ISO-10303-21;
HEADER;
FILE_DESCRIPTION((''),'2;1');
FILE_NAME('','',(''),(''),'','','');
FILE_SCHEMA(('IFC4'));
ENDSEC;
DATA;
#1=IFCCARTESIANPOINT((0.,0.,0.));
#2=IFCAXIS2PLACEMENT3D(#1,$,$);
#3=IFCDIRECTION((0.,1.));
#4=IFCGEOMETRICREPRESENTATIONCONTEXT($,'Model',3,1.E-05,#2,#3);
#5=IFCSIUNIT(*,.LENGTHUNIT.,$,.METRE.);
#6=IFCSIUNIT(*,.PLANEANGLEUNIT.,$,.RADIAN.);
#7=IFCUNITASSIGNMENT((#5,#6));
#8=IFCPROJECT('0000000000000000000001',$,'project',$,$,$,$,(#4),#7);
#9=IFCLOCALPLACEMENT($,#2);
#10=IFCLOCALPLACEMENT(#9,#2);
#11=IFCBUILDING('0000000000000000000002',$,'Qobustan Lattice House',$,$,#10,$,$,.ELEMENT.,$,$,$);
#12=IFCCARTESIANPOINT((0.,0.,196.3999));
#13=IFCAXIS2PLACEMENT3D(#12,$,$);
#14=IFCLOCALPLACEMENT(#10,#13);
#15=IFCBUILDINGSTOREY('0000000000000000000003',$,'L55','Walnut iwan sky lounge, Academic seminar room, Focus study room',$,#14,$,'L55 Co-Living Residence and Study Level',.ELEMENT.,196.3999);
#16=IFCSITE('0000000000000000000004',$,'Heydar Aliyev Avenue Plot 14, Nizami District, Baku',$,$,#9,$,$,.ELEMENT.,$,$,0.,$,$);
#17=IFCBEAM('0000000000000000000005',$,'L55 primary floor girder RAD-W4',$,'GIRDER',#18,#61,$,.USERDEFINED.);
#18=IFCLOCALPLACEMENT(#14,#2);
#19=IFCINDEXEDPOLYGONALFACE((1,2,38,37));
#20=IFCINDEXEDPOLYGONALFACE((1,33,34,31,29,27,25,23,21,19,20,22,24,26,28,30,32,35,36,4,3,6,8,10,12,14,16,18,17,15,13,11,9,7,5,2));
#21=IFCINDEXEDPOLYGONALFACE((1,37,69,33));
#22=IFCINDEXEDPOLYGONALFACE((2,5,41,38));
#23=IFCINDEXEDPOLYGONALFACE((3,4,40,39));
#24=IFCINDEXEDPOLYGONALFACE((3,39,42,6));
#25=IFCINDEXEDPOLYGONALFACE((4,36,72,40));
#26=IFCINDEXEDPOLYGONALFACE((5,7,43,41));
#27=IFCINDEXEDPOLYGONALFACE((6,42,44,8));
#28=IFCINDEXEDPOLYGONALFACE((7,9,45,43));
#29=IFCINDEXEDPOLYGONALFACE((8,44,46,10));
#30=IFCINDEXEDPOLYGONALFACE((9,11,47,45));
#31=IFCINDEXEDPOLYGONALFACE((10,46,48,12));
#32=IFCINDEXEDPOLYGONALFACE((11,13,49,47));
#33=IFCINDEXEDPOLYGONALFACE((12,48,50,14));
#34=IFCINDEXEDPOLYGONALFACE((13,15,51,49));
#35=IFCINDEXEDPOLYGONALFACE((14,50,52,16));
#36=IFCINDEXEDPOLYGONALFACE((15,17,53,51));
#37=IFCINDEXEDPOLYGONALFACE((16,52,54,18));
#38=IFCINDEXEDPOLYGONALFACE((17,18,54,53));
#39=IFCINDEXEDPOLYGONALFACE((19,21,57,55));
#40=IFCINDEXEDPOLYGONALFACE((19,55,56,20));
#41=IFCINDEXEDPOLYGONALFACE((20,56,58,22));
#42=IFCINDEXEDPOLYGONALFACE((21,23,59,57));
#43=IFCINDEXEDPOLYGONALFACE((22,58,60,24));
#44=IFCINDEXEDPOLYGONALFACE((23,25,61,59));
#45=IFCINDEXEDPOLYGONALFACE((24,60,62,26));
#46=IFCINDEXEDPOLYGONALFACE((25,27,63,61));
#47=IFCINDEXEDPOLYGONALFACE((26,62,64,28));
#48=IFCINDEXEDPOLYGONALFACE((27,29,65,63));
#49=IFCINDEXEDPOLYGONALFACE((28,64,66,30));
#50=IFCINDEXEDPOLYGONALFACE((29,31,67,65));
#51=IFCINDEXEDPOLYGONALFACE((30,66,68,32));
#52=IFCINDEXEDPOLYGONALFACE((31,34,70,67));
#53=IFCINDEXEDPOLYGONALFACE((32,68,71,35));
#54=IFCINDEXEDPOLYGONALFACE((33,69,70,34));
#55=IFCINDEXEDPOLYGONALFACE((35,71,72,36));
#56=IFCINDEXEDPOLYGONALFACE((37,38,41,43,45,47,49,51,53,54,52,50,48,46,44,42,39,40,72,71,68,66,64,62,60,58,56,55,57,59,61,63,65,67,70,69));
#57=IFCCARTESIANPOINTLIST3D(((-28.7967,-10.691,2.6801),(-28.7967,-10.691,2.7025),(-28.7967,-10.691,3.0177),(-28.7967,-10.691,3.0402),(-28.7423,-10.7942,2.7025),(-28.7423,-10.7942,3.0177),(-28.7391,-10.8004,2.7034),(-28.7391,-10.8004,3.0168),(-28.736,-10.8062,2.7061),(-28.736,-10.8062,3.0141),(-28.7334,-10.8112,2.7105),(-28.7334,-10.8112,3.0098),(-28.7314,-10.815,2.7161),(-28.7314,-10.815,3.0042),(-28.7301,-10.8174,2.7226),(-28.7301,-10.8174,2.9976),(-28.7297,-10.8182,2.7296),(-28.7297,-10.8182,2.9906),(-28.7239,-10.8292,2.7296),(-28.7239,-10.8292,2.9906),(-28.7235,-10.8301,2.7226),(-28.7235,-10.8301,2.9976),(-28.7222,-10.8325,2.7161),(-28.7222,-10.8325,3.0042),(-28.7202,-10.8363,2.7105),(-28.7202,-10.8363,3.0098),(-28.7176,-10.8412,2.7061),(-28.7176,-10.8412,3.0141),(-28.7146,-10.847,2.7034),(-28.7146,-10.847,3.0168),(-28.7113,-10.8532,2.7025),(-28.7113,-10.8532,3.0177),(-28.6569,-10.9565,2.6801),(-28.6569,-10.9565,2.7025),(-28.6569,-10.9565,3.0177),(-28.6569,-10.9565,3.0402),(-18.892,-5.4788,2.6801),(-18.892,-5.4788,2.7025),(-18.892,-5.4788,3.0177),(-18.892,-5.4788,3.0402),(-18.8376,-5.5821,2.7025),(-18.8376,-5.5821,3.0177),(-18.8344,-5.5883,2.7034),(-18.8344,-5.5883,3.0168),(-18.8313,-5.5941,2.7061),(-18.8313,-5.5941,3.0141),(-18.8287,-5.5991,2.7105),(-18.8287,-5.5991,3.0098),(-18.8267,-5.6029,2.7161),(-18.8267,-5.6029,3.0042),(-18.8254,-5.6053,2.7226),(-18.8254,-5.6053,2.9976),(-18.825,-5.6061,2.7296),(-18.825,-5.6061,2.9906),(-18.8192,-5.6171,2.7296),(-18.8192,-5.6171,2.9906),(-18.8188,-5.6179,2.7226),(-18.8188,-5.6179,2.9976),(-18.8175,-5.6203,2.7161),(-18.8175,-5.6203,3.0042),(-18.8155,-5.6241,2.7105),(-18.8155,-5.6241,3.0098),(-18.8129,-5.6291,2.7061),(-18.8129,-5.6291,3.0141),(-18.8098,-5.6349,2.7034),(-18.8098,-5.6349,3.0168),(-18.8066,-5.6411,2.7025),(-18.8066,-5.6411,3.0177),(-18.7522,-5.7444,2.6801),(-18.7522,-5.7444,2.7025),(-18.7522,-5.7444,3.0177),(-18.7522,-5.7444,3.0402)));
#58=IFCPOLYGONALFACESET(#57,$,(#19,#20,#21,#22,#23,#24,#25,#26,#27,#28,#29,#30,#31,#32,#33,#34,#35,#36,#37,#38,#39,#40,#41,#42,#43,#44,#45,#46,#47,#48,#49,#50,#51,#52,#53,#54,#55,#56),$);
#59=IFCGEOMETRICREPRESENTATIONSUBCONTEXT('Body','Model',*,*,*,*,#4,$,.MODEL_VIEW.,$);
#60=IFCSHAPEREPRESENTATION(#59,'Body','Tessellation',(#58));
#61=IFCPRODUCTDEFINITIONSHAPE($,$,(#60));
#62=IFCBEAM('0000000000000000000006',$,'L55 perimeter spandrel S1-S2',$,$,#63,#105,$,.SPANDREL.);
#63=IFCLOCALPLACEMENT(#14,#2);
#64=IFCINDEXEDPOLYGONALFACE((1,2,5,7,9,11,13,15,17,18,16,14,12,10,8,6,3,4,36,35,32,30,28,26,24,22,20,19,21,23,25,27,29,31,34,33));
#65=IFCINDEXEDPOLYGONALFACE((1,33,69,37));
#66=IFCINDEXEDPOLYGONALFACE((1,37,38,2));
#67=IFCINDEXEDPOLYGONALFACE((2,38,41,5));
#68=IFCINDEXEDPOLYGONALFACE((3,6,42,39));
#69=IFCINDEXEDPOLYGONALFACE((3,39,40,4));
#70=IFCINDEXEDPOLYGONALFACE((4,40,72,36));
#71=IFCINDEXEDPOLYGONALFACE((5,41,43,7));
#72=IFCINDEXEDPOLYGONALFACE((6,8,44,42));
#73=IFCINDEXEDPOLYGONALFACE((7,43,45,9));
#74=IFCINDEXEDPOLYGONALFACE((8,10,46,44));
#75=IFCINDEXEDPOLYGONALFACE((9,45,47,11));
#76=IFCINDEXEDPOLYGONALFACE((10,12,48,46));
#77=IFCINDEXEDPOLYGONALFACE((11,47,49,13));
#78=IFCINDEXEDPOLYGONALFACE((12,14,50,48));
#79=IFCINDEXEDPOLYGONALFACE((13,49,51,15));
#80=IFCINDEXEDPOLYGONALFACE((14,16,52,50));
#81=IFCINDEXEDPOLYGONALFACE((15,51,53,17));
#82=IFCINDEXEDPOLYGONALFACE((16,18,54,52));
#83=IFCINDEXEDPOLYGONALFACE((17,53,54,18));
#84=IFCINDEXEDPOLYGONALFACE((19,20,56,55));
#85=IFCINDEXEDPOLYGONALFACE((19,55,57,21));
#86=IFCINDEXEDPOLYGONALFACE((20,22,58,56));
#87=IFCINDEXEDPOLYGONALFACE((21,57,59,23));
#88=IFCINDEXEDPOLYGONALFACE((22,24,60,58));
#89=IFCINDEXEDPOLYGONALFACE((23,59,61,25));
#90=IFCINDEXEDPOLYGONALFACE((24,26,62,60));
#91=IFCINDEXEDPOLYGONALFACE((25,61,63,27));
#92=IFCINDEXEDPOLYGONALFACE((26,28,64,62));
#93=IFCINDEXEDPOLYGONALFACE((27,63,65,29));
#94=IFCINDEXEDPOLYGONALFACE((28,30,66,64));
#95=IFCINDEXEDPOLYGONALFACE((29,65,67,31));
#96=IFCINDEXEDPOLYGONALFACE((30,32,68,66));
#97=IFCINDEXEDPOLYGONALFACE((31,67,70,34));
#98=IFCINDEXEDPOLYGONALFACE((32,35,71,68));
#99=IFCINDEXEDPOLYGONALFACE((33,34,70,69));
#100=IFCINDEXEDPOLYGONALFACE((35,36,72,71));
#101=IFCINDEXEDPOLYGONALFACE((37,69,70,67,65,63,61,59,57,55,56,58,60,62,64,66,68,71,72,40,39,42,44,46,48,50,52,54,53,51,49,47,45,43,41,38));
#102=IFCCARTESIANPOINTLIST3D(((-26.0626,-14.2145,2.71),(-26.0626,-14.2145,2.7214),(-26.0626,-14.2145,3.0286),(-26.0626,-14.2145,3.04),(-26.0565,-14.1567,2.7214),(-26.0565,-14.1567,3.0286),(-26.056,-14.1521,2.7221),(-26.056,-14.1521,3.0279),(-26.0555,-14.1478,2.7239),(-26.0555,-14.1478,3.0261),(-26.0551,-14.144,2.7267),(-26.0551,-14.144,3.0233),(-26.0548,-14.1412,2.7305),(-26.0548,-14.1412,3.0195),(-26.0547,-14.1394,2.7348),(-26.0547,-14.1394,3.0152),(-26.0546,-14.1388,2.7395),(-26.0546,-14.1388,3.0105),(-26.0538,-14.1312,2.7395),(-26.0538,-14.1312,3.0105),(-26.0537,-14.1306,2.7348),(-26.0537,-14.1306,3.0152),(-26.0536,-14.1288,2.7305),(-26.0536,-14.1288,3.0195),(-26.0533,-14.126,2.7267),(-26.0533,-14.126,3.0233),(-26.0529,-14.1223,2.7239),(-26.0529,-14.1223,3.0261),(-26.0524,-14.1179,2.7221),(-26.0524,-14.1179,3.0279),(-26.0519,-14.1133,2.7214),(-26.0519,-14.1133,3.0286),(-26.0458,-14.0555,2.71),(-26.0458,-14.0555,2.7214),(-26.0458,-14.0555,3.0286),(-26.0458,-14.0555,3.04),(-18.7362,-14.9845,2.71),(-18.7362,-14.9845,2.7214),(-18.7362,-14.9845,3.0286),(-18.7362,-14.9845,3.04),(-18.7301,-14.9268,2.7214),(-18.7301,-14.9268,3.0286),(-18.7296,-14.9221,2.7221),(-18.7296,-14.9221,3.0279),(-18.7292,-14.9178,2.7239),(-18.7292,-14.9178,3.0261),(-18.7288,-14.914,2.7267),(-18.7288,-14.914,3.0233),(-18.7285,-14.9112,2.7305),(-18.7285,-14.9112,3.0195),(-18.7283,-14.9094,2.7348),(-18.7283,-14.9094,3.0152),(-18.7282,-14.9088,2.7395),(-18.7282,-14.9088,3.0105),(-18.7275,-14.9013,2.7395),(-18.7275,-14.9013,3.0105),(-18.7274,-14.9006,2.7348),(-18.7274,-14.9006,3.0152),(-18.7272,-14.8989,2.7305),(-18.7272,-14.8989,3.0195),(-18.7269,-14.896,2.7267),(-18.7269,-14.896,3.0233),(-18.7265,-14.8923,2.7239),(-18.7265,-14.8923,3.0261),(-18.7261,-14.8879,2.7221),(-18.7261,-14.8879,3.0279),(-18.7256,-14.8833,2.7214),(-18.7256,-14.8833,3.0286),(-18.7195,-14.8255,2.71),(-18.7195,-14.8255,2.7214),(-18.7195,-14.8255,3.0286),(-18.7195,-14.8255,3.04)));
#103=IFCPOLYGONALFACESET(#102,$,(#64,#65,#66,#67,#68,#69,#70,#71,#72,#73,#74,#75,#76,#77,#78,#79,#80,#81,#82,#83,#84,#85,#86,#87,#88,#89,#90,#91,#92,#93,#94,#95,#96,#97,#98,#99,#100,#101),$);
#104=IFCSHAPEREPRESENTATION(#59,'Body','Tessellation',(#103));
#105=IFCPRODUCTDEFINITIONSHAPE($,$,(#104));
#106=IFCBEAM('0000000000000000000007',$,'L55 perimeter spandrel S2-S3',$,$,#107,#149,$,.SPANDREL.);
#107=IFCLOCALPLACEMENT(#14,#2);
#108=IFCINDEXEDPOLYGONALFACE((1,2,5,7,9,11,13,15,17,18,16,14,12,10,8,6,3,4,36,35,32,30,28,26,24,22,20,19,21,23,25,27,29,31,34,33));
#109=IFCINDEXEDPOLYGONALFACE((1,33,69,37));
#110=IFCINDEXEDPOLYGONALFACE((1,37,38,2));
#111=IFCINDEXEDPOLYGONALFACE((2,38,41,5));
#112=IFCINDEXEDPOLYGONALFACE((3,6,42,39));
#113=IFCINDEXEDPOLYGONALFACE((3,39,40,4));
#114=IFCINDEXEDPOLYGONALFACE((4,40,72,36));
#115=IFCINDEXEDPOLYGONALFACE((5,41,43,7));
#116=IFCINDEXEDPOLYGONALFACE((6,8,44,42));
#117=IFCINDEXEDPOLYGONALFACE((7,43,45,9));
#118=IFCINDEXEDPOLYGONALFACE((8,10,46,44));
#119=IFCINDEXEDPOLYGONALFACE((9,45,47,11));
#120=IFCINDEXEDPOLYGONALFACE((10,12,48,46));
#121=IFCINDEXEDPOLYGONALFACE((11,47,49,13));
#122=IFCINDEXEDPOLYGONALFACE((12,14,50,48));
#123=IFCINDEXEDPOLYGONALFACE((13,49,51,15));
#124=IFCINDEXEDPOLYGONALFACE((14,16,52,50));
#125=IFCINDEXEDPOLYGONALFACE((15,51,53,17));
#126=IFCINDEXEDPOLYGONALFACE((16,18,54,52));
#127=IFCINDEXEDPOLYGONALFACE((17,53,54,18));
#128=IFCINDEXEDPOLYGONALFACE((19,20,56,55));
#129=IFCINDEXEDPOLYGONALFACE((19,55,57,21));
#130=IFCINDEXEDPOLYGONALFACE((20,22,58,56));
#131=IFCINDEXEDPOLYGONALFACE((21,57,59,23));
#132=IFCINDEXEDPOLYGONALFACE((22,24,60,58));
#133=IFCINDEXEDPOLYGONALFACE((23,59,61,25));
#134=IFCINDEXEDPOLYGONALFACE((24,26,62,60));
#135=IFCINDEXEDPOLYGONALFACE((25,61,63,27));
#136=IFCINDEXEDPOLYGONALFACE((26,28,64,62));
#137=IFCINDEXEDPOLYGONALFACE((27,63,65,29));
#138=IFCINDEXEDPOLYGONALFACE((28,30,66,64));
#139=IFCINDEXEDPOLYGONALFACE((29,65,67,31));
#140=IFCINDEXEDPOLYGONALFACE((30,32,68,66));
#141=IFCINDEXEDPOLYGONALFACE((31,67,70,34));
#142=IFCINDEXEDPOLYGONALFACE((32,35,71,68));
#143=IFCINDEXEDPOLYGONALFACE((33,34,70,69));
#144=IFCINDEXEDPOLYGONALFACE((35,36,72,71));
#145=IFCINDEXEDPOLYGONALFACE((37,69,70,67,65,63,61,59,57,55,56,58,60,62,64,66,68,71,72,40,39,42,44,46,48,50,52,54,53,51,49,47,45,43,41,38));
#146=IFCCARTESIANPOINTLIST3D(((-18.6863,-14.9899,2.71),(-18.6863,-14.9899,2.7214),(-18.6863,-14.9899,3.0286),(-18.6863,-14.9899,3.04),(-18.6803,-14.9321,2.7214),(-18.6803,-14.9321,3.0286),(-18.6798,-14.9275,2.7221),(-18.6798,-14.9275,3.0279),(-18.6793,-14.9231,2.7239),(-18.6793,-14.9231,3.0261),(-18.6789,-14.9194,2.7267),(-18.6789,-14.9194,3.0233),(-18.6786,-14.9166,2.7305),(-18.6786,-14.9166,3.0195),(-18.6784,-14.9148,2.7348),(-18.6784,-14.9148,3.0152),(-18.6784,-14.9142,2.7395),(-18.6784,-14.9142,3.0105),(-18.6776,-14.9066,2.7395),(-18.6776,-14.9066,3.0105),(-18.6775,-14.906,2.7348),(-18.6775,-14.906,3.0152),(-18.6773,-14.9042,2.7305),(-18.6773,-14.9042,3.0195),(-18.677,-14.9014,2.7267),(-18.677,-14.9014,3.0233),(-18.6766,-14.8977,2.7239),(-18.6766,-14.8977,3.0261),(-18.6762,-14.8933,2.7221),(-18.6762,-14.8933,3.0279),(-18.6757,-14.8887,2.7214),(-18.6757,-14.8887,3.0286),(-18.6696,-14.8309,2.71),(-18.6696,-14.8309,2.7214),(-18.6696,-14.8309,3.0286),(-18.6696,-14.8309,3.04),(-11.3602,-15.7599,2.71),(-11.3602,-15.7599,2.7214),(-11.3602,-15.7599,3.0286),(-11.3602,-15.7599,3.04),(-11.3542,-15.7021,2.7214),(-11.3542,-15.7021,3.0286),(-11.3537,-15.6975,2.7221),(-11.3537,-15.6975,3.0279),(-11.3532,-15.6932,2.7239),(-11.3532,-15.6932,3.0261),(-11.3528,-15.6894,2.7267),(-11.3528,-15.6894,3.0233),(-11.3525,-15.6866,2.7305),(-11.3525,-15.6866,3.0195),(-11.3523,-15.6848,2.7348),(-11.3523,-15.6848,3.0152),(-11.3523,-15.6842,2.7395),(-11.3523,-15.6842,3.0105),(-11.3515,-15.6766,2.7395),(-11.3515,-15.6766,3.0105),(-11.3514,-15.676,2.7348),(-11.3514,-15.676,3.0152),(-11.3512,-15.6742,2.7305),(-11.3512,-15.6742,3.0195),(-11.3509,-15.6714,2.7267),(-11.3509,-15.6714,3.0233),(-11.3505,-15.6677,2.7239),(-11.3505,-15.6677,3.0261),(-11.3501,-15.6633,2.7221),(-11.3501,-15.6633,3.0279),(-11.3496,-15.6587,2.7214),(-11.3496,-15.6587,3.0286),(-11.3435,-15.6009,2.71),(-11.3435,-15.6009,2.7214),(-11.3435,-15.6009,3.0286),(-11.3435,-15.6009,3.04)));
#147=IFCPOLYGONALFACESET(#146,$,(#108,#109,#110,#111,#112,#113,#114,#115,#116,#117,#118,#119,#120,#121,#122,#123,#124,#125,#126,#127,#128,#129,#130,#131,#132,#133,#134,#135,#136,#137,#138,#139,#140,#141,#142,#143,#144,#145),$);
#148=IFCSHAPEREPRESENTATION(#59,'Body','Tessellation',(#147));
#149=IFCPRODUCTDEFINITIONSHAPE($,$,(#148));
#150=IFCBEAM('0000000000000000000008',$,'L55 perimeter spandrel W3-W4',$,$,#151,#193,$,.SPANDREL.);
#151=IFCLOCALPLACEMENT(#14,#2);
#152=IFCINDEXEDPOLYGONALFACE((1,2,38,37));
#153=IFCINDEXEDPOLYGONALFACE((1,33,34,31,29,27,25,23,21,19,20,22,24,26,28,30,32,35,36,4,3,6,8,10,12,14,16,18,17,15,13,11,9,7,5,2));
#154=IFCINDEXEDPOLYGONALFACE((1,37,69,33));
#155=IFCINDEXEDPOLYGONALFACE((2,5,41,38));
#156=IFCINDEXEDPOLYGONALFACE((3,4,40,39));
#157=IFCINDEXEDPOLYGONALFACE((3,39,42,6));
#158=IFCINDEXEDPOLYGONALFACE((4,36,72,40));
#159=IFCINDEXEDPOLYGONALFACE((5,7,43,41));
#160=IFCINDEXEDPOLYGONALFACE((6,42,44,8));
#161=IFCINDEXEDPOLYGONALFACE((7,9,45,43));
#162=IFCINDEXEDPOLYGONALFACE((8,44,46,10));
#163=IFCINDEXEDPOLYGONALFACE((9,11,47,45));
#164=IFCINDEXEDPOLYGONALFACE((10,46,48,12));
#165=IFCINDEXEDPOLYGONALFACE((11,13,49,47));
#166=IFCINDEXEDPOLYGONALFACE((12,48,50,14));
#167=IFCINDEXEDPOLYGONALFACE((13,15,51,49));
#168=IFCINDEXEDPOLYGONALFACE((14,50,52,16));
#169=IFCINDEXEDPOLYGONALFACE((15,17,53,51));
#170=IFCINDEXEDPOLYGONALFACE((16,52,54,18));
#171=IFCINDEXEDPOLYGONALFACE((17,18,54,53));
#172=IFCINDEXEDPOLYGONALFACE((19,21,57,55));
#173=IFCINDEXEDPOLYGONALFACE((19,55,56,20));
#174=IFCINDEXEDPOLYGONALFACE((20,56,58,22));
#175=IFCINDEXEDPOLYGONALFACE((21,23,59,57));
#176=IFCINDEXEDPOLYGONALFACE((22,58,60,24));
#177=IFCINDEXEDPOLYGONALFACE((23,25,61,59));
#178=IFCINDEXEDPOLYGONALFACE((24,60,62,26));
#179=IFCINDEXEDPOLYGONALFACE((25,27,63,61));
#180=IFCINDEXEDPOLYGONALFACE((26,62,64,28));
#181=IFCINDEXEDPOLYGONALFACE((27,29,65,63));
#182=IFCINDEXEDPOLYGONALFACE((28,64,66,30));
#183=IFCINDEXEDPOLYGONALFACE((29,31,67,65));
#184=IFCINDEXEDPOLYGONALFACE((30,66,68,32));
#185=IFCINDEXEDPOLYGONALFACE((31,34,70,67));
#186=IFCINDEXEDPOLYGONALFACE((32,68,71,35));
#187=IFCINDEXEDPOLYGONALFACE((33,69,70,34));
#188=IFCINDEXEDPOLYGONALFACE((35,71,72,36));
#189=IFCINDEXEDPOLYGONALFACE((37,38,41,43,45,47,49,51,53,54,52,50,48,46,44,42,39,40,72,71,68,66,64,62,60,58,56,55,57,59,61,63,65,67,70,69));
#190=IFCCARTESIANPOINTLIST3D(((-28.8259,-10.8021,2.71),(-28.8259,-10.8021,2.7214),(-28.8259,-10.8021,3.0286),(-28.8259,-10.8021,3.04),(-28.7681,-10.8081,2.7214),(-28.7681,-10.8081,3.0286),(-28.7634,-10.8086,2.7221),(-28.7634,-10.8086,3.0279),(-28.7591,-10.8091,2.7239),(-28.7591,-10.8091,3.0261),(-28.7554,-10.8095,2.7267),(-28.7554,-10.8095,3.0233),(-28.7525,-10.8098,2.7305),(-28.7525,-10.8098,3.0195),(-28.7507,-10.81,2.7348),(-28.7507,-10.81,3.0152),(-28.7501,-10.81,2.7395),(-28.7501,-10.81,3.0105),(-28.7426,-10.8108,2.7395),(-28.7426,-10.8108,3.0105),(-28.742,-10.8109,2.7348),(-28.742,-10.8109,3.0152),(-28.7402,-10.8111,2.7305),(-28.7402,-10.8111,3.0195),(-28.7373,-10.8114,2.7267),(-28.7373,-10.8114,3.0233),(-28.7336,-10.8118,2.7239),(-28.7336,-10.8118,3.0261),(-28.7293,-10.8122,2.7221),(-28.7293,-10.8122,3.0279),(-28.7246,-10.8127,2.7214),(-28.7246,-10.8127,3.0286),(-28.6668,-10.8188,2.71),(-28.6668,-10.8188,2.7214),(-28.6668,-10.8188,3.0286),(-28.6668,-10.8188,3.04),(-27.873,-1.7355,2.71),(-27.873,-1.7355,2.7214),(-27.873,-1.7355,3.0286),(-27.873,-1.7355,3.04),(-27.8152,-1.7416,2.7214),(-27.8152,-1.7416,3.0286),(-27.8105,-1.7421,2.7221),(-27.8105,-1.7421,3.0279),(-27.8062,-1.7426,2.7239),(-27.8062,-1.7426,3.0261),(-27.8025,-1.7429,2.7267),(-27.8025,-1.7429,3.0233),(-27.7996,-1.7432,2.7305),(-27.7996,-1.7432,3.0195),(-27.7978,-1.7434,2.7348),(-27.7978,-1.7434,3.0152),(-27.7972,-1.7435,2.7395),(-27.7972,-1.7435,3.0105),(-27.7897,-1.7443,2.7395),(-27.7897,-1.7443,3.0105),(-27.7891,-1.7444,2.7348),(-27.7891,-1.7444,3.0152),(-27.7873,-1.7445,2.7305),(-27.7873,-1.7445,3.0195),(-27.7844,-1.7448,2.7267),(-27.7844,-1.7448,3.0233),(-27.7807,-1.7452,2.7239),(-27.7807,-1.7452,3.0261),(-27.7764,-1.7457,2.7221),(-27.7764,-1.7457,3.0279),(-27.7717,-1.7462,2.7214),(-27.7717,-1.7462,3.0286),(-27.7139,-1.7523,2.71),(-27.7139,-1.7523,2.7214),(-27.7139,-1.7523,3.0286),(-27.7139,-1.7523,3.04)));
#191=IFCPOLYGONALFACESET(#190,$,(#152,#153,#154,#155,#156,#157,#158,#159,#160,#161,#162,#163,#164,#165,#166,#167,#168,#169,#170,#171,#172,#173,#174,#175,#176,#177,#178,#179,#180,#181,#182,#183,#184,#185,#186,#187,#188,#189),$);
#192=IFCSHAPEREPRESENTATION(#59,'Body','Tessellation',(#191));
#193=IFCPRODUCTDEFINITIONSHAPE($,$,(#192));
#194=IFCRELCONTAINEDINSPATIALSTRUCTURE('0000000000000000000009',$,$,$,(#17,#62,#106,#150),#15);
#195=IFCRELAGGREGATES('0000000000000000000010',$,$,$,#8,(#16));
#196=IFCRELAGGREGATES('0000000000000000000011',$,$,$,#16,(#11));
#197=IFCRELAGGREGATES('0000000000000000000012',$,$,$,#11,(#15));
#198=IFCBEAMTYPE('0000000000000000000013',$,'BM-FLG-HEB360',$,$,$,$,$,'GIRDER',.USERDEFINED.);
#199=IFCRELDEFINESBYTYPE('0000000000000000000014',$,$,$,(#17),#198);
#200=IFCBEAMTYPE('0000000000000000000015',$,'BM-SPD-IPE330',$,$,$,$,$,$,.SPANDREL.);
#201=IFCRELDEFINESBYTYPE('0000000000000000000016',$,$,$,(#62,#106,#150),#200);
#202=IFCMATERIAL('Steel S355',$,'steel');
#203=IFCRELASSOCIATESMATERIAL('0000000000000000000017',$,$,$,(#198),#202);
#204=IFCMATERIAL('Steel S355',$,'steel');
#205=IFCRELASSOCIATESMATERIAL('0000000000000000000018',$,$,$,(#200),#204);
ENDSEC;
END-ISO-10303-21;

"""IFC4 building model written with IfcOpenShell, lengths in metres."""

from ifc_helpers import new_model, si_unit, direction, frame, origin, origin_2d, place, context, subcontext, project, spatial, i_section, extrude, material, material_profile, profile_set, type_object, element, save


model = new_model("IFC4")

# Units and contexts
model_context = context("Model", 3, precision=1e-05, world=origin(), true_north=direction((0.0, 1.0)))
body_context = subcontext(model_context, "Body", "Model", "MODEL_VIEW")
ifc_project = project(units=[si_unit("LENGTHUNIT", "METRE"), si_unit("PLANEANGLEUNIT", "RADIAN")], contexts=[model_context])

# Site, building, storey
site_placement = place(None, origin())
site = spatial("IfcSite", under=ifc_project, at=site_placement, Name="Heydar Aliyev Avenue Plot 14, Nizami District, Baku", CompositionType="ELEMENT", RefElevation=0.0)
building_placement = place(site_placement, origin())
building = spatial("IfcBuilding", under=site, at=building_placement, Name="Qobustan Lattice House", CompositionType="ELEMENT")
storey_placement = place(building_placement, frame((0.0, 0.0, 196.3999)))
storey = spatial("IfcBuildingStorey", under=building, at=storey_placement, Name="L55", Description="Walnut iwan sky lounge, Academic seminar room, Focus study room", LongName="L55 Co-Living Residence and Study Level", CompositionType="ELEMENT", Elevation=196.3999)

# Beams
ifc_material_1 = material(Name="Steel S355", Category="steel")
ifc_material_profile_1 = material_profile(ifc_material_1, i_section(OverallWidth=0.3, OverallDepth=0.3601, WebThickness=0.0125, FlangeThickness=0.0225, FilletRadius=0.0271, at=origin_2d()), Name="HEB360")
ifc_profile_set_1 = profile_set([ifc_material_profile_1], Name="Steel S355")
beam_type_1 = type_object("IfcBeamType", Name="BM-FLG-HEB360", ElementType="GIRDER", PredefinedType="USERDEFINED", material=ifc_profile_set_1)
beam_1_placement = place(storey_placement, frame((-28.7268, -10.8237, 2.8601), z_axis=(0.884951, 0.465684, 0.0), x_axis=(-0.465684, 0.884951, 0.0)))
element("IfcBeam", 1, at=beam_1_placement, inside=storey, type_object=beam_type_1, Name="L55 primary floor girder RAD-W4", ObjectType="GIRDER", PredefinedType="USERDEFINED", context=body_context, shape_type="SweptSolid", body=[
    extrude(i_section(OverallWidth=0.3, OverallDepth=0.3601, WebThickness=0.0125, FlangeThickness=0.0225, FilletRadius=0.0271, at=origin_2d()), origin(), (0.0, 0.0, 1.0), 11.1924),
])
ifc_material_2 = material(Name="Steel S355", Category="steel")
ifc_material_profile_2 = material_profile(ifc_material_2, i_section(OverallWidth=0.1599, OverallDepth=0.3301, WebThickness=0.0076, FlangeThickness=0.0115, FilletRadius=0.0181, at=origin_2d()), Name="IPE330")
ifc_profile_set_2 = profile_set([ifc_material_profile_2], Name="Steel S355")
beam_type_2 = type_object("IfcBeamType", Name="BM-SPD-IPE330", PredefinedType="SPANDREL", material=ifc_profile_set_2)
beam_2_placement = place(storey_placement, frame((-26.0542, -14.135, 2.875), z_axis=(0.994522, -0.104526, 0.0), x_axis=(0.104526, 0.994522, 0.0)))
element("IfcBeam", 2, at=beam_2_placement, inside=storey, type_object=beam_type_2, Name="L55 perimeter spandrel S1-S2", PredefinedType="SPANDREL", context=body_context, shape_type="SweptSolid", body=[
    extrude(i_section(OverallWidth=0.1599, OverallDepth=0.3301, WebThickness=0.0076, FlangeThickness=0.0115, FilletRadius=0.0181, at=origin_2d()), origin(), (0.0, 0.0, 1.0), 7.3667),
])
beam_3_placement = place(storey_placement, frame((-18.678, -14.9104, 2.875), z_axis=(0.994522, -0.10453, 0.0), x_axis=(0.10453, 0.994522, 0.0)))
element("IfcBeam", 3, at=beam_3_placement, inside=storey, type_object=beam_type_2, Name="L55 perimeter spandrel S2-S3", PredefinedType="SPANDREL", context=body_context, shape_type="SweptSolid", body=[
    extrude(i_section(OverallWidth=0.1599, OverallDepth=0.3301, WebThickness=0.0076, FlangeThickness=0.0115, FilletRadius=0.0181, at=origin_2d()), origin(), (0.0, 0.0, 1.0), 7.3665),
])
beam_4_placement = place(storey_placement, frame((-27.7935, -1.7439, 2.875), z_axis=(-0.104524, -0.994522, 0.0), x_axis=(0.994522, -0.104524, 0.0)))
element("IfcBeam", 4, at=beam_4_placement, inside=storey, type_object=beam_type_2, Name="L55 perimeter spandrel W3-W4", PredefinedType="SPANDREL", context=body_context, shape_type="SweptSolid", body=[
    extrude(i_section(OverallWidth=0.1599, OverallDepth=0.3301, WebThickness=0.0076, FlangeThickness=0.0115, FilletRadius=0.0181, at=origin_2d()), origin(), (0.0, 0.0, 1.0), 9.1165),
])

save(model, "model.ifc")
